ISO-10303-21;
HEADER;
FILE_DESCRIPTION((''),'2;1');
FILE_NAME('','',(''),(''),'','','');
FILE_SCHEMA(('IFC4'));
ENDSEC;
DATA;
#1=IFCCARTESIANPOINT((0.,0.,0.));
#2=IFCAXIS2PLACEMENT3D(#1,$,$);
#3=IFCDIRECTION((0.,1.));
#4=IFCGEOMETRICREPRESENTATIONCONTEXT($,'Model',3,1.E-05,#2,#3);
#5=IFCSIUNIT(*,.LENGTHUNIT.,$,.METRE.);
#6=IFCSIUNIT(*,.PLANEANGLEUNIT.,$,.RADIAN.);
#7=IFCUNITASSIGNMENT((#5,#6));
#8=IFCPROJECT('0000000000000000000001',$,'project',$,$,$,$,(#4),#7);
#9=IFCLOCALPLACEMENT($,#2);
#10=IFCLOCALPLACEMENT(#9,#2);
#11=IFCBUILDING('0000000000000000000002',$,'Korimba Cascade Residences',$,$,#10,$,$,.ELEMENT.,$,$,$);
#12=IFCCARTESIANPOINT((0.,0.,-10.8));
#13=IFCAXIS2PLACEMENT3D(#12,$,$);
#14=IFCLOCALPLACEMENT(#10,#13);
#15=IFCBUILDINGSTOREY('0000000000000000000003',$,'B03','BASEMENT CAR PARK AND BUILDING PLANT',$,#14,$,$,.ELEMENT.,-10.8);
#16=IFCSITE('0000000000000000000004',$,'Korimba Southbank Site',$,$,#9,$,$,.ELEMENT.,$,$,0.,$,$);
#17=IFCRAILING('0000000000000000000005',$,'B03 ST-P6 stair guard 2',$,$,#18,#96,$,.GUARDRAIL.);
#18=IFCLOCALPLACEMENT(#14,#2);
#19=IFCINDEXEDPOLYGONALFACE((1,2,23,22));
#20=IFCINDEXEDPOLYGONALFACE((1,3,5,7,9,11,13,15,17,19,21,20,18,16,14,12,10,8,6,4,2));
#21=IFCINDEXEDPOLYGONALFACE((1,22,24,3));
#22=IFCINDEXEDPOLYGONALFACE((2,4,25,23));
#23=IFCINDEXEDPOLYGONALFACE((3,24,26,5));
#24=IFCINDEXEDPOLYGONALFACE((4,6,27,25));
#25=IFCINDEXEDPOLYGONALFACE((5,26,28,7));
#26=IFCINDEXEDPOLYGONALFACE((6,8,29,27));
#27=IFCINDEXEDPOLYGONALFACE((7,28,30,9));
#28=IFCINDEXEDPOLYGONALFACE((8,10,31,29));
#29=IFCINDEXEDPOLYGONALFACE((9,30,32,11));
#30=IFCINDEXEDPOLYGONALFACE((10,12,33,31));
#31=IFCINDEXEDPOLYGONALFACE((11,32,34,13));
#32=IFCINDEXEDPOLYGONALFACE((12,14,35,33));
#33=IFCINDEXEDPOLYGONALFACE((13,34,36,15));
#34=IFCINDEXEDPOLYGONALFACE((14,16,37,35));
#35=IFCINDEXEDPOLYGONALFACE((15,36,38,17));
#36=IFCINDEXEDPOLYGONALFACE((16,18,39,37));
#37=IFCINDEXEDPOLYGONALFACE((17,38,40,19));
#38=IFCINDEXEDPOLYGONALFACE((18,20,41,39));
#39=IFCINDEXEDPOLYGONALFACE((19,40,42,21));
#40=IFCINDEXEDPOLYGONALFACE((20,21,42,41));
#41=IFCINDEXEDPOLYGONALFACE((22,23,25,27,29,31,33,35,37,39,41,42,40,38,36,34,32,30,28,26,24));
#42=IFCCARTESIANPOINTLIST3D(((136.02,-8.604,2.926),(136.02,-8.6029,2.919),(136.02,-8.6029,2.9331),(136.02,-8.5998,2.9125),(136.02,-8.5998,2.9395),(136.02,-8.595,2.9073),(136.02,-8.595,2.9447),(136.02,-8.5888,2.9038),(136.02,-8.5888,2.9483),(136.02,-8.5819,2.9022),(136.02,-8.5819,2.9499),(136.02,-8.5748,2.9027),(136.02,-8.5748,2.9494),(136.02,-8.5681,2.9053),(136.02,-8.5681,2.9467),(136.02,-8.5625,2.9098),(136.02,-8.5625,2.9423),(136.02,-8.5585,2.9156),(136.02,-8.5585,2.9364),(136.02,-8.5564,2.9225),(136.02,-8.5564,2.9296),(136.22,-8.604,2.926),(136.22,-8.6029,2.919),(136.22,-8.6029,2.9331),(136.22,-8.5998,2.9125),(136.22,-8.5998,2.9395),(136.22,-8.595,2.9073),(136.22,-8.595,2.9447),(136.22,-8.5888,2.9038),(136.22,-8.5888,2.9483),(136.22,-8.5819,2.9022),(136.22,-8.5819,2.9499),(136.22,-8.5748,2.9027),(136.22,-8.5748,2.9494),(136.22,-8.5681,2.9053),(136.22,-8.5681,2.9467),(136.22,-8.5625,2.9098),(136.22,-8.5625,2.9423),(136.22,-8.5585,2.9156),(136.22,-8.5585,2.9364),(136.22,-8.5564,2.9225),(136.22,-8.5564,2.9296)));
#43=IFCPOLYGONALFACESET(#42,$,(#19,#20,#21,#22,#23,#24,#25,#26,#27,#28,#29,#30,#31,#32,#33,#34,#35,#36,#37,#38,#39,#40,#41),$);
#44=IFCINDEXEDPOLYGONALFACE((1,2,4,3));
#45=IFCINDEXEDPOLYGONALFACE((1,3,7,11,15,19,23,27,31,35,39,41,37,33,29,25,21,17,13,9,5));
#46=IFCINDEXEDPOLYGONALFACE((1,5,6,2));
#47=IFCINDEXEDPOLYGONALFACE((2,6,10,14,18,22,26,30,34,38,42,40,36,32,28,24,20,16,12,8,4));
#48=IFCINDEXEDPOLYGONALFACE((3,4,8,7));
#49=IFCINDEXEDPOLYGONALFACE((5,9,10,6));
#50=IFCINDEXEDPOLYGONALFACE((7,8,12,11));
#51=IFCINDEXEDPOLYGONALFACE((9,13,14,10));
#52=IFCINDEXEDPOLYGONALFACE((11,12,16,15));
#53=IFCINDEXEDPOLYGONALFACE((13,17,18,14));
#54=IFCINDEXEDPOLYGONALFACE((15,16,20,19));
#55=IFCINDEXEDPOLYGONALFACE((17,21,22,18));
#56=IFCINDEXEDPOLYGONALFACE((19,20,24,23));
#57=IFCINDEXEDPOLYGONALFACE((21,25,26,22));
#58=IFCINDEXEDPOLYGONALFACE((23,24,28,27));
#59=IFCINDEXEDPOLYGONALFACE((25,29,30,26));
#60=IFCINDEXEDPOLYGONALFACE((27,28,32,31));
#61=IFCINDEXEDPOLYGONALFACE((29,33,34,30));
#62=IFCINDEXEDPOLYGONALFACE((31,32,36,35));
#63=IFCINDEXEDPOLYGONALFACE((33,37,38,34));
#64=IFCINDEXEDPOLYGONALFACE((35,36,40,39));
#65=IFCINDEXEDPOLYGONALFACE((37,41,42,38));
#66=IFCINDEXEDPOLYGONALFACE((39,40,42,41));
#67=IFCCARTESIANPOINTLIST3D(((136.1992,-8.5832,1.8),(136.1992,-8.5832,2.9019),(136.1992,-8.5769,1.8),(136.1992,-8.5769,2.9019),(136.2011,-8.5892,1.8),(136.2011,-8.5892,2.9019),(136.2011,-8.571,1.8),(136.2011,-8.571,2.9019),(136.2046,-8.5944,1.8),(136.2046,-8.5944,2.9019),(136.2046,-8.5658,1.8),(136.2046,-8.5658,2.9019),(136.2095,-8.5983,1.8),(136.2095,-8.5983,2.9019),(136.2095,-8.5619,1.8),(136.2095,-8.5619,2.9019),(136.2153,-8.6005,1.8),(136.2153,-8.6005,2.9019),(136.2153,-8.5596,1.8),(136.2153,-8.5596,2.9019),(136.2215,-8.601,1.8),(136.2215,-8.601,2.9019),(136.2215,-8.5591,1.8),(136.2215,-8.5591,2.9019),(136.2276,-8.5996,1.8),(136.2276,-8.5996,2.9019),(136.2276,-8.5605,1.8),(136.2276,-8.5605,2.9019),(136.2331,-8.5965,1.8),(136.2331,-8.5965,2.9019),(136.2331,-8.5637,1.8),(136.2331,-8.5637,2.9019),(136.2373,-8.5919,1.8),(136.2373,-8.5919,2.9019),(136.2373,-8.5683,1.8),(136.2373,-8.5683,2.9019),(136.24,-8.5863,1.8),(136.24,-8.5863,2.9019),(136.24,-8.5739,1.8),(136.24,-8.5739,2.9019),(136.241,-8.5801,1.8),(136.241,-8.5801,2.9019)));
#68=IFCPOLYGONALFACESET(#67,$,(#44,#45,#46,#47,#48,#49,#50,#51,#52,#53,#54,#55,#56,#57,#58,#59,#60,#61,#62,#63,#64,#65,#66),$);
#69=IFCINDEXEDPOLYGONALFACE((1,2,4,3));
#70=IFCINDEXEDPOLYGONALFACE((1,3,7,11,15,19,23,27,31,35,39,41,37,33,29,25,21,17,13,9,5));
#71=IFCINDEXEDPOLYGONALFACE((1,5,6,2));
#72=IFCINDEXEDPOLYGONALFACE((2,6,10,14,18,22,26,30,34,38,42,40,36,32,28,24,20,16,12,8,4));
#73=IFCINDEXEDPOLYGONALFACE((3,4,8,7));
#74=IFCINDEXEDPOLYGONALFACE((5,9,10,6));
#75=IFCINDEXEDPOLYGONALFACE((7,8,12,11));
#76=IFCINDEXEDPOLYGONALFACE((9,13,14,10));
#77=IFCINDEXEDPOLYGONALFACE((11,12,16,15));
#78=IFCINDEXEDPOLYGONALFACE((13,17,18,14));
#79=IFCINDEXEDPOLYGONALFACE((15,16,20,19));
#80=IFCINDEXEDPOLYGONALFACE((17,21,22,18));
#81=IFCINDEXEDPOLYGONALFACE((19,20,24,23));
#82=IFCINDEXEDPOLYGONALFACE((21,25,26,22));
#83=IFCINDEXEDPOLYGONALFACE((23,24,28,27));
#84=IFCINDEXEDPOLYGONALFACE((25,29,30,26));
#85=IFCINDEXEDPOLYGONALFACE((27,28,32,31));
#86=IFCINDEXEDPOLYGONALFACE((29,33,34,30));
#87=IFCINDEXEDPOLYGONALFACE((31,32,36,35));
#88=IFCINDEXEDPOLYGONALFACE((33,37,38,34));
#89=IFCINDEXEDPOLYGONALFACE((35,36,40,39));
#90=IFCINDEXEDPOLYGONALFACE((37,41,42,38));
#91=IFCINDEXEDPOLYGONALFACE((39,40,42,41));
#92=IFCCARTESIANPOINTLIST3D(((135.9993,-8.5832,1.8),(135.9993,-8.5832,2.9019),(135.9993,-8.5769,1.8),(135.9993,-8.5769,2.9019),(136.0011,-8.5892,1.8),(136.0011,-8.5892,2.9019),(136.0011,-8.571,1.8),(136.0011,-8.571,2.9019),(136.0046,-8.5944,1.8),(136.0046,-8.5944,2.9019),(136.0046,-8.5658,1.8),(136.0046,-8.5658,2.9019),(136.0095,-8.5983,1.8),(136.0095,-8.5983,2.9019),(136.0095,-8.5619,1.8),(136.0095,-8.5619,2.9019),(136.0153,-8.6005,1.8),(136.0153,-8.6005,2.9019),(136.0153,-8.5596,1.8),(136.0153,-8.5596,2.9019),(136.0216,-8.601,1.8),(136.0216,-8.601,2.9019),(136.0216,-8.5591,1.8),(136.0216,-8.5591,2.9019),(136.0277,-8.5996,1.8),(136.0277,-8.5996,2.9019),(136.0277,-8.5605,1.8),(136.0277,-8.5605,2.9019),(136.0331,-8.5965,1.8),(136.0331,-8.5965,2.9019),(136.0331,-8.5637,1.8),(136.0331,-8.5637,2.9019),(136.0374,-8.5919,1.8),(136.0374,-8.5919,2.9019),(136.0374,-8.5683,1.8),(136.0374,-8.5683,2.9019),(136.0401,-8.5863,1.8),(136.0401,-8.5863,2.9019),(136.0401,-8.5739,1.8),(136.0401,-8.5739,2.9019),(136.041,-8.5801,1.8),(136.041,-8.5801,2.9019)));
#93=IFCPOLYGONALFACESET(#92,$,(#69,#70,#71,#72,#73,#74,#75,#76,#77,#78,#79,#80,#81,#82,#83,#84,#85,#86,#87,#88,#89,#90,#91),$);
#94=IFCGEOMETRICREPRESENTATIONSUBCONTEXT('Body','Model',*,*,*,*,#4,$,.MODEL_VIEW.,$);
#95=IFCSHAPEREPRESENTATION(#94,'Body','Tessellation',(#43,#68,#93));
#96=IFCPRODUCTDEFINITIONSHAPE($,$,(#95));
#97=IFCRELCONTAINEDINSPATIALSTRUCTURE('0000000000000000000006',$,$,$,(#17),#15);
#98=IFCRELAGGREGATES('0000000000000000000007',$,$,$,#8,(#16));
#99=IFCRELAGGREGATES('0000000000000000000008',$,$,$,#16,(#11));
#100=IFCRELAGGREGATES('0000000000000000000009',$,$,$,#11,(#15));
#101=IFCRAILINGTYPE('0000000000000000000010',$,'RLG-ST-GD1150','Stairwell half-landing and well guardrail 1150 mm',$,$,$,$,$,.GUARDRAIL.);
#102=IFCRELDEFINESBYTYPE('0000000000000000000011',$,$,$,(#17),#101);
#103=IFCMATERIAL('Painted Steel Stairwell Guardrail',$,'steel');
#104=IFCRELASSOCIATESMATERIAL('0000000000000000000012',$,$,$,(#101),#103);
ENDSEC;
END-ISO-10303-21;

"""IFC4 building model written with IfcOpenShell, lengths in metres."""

from ifc_helpers import new_model, si_unit, direction, frame, origin, origin_2d, place, context, subcontext, project, spatial, circle, extrude, material, type_object, element, save


model = new_model("IFC4")

# Units and contexts
model_context = context("Model", 3, precision=1e-05, world=origin(), true_north=direction((0.0, 1.0)))
body_context = subcontext(model_context, "Body", "Model", "MODEL_VIEW")
ifc_project = project(units=[si_unit("LENGTHUNIT", "METRE"), si_unit("PLANEANGLEUNIT", "RADIAN")], contexts=[model_context])

# Site, building, storey
site_placement = place(None, origin())
site = spatial("IfcSite", under=ifc_project, at=site_placement, Name="Korimba Southbank Site", CompositionType="ELEMENT", RefElevation=0.0)
building_placement = place(site_placement, origin())
building = spatial("IfcBuilding", under=site, at=building_placement, Name="Korimba Cascade Residences", CompositionType="ELEMENT")
storey_placement = place(building_placement, frame((0.0, 0.0, -10.8)))
storey = spatial("IfcBuildingStorey", under=building, at=storey_placement, Name="B03", Description="BASEMENT CAR PARK AND BUILDING PLANT", CompositionType="ELEMENT", Elevation=-10.8)

# Railing
ifc_material_1 = material(Name="Painted Steel Stairwell Guardrail", Category="steel")
railing_type_1 = type_object("IfcRailingType", Name="RLG-ST-GD1150", Description="Stairwell half-landing and well guardrail 1150 mm", PredefinedType="GUARDRAIL", material=ifc_material_1)
railing_1_placement = place(storey_placement, frame((136.22, -8.5801, 1.8)))
element("IfcRailing", 1, at=railing_1_placement, inside=storey, type_object=railing_type_1, Name="B03 ST-P6 stair guard 2", PredefinedType="GUARDRAIL", context=body_context, shape_type="SweptSolid", body=[
    extrude(circle(Radius=0.0239, at=origin_2d()), frame((0.0, 0.0, 1.126), z_axis=(-1.0, 0.0, 0.0), x_axis=(0.0, -1.0, 0.0)), (0.0, 0.0, 1.0), 0.2),
    extrude(circle(Radius=0.021, at=origin_2d()), origin(), (0.0, 0.0, 1.0), 1.1018),
    extrude(circle(Radius=0.021, at=origin_2d()), frame((-0.2, 0.0, 0.0)), (0.0, 0.0, 1.0), 1.1018),
])

save(model, "model.ifc")
